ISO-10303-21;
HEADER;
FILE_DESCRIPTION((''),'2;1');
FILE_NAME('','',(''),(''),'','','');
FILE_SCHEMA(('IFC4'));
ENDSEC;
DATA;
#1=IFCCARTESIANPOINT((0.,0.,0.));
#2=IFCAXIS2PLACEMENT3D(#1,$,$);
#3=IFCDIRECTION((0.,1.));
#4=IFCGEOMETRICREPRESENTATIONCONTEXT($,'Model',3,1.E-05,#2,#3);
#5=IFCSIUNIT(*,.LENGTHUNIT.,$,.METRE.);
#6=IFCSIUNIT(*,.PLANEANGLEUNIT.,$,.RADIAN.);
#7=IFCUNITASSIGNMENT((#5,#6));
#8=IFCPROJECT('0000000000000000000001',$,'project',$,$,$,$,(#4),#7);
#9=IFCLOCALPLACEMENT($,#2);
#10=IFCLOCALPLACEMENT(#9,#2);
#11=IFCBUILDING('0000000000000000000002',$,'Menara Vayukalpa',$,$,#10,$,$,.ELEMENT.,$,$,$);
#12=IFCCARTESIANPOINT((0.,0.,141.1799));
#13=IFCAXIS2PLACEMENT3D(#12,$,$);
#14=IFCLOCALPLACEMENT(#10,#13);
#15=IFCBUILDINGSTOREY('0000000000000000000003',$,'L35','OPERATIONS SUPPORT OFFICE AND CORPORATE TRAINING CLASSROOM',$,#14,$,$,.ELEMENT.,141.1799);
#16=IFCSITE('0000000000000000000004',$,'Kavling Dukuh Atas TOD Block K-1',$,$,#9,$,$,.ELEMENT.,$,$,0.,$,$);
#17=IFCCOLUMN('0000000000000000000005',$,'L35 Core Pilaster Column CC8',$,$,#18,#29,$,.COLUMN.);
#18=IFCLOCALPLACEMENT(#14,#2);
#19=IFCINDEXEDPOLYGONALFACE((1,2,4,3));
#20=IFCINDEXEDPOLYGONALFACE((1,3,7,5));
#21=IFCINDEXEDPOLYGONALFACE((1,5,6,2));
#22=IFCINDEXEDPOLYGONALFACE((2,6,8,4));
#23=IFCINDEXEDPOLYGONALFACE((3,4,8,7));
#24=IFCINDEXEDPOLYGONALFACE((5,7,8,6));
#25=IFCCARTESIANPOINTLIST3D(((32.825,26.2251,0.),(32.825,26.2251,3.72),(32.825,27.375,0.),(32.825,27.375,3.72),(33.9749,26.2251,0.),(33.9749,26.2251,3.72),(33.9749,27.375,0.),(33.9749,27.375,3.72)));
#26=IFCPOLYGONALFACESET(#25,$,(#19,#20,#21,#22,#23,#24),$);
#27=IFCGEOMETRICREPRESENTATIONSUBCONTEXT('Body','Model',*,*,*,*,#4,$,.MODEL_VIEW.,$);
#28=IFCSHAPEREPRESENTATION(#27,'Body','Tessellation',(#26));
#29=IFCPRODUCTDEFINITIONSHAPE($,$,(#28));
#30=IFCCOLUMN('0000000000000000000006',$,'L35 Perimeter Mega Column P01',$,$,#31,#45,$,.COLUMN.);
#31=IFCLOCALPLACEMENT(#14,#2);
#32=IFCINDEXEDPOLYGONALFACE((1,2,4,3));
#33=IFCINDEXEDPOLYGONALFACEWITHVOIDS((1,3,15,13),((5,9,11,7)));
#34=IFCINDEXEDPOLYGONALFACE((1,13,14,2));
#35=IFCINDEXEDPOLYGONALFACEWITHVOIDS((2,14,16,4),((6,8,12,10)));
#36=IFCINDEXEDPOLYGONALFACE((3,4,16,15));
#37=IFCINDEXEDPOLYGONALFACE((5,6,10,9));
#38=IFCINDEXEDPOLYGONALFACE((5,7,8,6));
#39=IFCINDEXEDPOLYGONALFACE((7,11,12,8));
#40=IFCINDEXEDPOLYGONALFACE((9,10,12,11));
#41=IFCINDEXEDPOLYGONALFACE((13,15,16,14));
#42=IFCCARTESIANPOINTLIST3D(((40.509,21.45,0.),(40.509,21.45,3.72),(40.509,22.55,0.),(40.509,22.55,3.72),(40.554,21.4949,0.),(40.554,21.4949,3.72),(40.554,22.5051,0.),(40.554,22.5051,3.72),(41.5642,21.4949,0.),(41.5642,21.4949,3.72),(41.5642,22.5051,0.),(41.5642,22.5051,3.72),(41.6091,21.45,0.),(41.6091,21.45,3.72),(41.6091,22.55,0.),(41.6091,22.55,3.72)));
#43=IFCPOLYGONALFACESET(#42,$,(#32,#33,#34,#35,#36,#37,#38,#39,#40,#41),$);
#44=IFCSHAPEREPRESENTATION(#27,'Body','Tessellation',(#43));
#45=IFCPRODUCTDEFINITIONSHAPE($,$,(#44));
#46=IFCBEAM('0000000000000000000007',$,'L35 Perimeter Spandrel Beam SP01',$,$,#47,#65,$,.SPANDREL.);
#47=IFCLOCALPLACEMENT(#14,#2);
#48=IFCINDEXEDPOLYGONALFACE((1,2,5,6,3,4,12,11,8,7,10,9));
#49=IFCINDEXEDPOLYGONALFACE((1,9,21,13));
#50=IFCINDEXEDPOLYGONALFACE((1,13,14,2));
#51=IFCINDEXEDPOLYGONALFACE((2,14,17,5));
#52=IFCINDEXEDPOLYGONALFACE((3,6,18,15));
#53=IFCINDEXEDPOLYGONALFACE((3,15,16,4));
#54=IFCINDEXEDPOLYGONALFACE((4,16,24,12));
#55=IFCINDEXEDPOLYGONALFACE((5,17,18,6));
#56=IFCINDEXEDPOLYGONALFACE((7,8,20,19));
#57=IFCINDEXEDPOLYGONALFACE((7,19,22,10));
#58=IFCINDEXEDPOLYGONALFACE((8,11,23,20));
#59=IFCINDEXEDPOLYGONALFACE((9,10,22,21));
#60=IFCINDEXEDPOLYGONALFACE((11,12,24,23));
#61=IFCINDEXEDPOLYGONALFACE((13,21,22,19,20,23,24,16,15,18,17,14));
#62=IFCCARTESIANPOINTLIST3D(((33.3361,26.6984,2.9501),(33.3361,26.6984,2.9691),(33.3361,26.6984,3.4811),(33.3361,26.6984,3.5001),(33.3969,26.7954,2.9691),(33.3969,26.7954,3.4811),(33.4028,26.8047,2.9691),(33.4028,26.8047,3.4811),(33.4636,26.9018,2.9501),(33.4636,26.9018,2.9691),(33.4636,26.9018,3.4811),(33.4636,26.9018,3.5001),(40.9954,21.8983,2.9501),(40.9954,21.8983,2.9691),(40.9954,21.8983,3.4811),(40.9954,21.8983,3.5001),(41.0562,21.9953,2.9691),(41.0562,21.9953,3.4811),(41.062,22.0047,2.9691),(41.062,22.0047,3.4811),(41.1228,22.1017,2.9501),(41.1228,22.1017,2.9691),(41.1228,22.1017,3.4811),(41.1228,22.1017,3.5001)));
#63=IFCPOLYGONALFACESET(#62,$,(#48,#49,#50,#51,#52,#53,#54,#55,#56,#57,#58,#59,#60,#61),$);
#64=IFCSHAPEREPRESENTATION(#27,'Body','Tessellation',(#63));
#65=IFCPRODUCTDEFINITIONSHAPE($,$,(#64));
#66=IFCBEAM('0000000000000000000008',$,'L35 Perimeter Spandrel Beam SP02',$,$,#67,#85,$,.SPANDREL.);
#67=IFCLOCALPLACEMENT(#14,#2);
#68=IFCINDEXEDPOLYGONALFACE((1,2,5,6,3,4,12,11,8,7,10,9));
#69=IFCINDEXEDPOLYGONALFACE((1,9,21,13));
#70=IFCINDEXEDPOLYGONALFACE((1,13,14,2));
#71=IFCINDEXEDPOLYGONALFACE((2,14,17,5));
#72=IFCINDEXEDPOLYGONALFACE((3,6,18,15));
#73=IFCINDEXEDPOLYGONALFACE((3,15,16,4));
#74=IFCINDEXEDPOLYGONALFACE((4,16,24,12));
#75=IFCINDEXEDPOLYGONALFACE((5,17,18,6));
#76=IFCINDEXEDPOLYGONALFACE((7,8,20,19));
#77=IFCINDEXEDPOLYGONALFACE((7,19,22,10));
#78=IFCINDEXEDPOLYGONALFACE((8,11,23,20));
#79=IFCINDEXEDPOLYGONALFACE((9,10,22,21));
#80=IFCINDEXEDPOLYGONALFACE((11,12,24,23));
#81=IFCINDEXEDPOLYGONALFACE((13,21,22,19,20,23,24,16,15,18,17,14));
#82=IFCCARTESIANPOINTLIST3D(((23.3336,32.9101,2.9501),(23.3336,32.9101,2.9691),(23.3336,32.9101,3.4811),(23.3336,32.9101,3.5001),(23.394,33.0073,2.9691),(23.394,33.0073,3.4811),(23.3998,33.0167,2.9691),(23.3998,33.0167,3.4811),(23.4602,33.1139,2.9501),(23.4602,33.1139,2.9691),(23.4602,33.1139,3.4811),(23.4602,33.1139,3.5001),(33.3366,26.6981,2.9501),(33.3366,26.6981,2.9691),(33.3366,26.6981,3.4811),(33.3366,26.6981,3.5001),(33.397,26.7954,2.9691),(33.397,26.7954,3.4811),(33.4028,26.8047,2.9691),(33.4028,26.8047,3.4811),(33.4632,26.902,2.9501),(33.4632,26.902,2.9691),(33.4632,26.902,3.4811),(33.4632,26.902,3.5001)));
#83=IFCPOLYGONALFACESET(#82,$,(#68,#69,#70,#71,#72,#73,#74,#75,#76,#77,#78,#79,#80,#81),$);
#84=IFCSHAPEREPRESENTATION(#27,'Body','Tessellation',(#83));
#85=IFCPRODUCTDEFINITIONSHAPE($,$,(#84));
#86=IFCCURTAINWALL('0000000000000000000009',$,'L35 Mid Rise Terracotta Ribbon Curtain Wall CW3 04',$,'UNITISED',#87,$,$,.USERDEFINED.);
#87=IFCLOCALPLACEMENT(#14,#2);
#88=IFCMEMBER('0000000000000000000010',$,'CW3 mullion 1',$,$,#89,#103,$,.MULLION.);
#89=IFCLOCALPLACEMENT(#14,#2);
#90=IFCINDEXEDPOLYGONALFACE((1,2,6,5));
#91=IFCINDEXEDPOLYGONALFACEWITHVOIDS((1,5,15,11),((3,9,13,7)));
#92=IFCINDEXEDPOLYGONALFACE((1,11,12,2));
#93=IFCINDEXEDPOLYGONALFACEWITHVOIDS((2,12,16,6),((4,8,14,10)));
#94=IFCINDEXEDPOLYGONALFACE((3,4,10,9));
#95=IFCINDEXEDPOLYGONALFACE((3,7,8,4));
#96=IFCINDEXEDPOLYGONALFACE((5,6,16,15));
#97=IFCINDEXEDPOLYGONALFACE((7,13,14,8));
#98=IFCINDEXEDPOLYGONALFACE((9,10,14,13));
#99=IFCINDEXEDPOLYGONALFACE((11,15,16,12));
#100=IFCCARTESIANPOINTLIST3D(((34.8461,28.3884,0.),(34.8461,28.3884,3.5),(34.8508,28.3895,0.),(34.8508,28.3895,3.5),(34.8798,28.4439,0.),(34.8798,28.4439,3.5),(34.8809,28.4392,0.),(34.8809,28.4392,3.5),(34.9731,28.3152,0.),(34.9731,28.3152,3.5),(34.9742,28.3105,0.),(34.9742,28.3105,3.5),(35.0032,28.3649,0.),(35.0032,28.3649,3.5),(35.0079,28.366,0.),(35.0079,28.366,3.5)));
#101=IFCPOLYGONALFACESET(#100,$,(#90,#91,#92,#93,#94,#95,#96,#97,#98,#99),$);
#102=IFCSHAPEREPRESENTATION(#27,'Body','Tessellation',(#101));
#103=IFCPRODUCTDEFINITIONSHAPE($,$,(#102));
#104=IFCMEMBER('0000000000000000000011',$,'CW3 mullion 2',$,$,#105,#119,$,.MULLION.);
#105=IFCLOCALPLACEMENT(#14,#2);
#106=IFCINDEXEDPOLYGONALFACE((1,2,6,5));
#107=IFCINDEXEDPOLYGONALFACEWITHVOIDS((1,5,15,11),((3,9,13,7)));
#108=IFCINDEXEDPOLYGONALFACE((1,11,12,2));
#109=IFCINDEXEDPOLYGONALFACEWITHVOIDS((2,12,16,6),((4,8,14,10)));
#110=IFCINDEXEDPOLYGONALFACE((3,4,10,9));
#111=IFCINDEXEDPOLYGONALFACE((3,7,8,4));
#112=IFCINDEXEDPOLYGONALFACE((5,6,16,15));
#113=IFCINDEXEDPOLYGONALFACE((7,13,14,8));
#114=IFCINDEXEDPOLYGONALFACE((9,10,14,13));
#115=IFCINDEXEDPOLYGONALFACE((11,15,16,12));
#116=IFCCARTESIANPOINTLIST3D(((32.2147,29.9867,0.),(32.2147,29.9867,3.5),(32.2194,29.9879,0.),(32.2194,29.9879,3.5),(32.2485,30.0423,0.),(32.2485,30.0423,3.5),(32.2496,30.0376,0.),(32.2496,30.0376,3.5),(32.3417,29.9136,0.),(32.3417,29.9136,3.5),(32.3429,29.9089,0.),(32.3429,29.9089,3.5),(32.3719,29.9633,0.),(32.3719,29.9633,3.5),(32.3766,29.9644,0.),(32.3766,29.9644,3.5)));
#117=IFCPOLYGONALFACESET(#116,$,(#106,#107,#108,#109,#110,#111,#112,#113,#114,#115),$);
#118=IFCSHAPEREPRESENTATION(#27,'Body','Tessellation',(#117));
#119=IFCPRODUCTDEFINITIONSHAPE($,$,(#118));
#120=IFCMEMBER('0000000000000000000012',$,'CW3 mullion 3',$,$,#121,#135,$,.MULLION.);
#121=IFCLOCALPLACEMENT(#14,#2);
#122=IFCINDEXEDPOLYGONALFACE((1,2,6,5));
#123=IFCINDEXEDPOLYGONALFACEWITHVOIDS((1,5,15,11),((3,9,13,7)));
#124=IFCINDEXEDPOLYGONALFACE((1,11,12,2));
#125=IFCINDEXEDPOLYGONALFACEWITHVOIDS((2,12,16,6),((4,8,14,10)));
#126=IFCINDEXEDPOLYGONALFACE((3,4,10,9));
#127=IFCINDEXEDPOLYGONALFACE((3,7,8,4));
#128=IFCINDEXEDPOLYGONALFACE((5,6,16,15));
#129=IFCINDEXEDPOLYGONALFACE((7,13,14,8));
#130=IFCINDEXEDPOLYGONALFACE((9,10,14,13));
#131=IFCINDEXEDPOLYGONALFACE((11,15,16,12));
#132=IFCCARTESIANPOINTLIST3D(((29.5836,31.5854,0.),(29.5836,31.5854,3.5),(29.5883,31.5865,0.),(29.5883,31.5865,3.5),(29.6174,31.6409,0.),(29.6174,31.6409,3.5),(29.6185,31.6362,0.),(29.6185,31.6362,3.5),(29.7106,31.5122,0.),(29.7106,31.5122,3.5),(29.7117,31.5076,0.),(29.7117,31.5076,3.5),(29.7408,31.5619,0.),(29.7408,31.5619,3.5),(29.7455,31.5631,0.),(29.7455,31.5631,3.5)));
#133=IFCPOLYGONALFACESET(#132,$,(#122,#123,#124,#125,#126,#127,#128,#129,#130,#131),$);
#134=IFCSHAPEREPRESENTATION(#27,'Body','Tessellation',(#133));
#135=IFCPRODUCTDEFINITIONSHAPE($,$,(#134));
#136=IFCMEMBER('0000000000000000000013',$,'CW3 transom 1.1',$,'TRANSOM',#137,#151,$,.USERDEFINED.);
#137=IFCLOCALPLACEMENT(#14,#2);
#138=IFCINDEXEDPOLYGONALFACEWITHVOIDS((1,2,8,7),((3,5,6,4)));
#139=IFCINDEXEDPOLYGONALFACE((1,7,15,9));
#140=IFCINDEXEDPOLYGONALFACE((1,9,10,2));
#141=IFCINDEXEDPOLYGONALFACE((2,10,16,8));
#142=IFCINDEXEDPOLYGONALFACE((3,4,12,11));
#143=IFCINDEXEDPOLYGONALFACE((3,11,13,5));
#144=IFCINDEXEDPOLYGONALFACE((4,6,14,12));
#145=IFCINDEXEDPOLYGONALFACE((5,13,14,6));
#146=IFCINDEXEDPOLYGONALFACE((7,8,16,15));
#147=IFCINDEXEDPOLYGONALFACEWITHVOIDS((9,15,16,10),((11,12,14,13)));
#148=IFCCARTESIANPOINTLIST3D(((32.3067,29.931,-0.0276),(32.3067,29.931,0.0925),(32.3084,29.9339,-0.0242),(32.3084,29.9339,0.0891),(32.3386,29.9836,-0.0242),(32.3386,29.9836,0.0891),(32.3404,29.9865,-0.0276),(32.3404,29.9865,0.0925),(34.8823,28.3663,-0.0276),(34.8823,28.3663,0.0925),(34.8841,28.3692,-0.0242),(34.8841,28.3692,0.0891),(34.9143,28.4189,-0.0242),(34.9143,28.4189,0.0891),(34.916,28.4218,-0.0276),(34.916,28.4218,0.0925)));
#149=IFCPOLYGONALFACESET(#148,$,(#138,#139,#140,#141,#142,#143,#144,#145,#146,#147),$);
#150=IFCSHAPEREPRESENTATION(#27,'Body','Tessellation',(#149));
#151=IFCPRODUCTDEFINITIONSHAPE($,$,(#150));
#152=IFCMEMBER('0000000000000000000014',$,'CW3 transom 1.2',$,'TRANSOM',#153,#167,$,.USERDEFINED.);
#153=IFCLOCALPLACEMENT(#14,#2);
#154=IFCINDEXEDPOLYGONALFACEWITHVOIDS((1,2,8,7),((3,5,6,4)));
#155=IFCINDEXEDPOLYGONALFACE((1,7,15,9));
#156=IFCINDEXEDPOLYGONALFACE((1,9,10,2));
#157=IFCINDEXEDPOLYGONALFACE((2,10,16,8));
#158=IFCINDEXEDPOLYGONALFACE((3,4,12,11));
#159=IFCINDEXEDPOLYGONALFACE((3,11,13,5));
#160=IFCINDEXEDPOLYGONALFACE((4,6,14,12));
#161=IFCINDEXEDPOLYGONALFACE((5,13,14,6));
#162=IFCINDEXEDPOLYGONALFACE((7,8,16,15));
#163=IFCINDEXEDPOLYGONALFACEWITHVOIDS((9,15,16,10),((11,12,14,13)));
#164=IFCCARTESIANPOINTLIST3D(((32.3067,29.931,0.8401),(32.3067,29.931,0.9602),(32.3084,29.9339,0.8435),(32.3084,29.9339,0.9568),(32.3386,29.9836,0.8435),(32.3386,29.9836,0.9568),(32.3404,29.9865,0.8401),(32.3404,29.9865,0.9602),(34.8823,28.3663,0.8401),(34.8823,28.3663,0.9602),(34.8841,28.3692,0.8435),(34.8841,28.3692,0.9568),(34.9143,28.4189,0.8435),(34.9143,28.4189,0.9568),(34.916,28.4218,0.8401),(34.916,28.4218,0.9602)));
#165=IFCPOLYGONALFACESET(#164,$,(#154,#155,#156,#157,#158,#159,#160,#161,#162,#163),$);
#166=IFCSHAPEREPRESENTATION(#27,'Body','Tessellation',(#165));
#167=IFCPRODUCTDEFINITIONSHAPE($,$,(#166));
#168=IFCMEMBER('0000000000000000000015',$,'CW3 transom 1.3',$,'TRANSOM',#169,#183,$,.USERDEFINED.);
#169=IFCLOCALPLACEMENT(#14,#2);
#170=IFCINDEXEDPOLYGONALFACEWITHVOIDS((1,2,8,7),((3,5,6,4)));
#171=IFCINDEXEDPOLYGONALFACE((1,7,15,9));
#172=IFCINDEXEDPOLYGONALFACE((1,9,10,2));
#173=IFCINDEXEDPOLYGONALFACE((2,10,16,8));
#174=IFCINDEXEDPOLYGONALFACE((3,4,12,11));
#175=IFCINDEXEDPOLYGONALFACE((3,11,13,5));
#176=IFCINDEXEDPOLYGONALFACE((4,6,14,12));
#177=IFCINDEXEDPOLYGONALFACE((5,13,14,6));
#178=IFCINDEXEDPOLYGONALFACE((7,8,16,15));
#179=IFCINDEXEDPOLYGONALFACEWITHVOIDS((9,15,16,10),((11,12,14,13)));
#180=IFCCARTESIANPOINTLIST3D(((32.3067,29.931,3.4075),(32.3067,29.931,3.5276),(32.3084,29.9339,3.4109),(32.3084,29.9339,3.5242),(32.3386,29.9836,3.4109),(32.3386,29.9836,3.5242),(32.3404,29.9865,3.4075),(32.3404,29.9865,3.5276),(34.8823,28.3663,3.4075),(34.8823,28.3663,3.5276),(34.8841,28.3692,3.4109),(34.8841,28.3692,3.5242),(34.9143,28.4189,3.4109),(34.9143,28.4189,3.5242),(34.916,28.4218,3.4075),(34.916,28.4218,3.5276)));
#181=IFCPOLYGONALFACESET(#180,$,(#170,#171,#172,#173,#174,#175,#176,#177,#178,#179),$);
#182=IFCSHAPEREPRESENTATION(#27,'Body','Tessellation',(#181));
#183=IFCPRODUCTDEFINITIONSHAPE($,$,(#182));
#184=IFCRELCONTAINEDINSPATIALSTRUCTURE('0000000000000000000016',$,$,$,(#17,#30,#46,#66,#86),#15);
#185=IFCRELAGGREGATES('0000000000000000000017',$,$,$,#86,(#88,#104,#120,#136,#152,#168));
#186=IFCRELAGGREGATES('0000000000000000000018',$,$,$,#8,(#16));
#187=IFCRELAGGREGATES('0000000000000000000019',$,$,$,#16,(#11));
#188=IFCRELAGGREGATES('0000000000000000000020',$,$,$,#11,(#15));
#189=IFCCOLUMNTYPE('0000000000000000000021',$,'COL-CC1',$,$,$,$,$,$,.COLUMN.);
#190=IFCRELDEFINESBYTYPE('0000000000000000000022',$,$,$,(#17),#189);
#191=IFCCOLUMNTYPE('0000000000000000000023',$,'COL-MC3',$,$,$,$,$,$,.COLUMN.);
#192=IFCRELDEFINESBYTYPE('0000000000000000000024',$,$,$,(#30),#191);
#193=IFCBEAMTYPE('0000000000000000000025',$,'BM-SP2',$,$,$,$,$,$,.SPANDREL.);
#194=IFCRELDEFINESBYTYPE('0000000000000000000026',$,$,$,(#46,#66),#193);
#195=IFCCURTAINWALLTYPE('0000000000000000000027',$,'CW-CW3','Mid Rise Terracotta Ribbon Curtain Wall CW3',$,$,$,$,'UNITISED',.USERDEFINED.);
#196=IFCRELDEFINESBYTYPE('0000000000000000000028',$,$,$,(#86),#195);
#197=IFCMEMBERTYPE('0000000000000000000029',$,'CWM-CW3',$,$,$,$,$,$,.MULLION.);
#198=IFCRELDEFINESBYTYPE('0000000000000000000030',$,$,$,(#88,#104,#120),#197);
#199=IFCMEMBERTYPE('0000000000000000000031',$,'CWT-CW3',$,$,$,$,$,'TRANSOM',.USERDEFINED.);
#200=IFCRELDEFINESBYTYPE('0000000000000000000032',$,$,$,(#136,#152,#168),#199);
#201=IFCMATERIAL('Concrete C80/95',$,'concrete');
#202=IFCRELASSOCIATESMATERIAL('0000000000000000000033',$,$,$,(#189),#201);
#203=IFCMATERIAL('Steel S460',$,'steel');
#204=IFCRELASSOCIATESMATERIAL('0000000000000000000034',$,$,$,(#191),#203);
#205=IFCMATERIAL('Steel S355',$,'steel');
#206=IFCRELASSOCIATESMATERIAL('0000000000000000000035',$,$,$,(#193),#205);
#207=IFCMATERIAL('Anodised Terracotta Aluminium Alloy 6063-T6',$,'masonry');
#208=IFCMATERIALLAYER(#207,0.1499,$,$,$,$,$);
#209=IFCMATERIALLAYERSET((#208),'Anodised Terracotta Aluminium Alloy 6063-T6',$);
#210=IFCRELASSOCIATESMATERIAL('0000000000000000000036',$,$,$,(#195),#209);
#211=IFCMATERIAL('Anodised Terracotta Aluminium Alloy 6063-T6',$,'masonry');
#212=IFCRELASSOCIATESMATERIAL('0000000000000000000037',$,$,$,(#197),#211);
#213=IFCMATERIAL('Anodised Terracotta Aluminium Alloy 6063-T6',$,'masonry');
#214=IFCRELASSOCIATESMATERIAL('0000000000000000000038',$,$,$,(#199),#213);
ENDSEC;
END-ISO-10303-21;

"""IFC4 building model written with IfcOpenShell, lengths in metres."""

from ifc_helpers import new_model, si_unit, direction, frame, origin, origin_2d, place, context, subcontext, project, spatial, rectangle, hollow_rectangle, i_section, extrude, material, layer, layer_set, material_profile, profile_set, type_object, element, aggregate, save


model = new_model("IFC4")

# Units and contexts
model_context = context("Model", 3, precision=1e-05, world=origin(), true_north=direction((0.0, 1.0)))
body_context = subcontext(model_context, "Body", "Model", "MODEL_VIEW")
ifc_project = project(units=[si_unit("LENGTHUNIT", "METRE"), si_unit("PLANEANGLEUNIT", "RADIAN")], contexts=[model_context])

# Site, building, storey
site_placement = place(None, origin())
site = spatial("IfcSite", under=ifc_project, at=site_placement, Name="Kavling Dukuh Atas TOD Block K-1", CompositionType="ELEMENT", RefElevation=0.0)
building_placement = place(site_placement, origin())
building = spatial("IfcBuilding", under=site, at=building_placement, Name="Menara Vayukalpa", CompositionType="ELEMENT")
storey_placement = place(building_placement, frame((0.0, 0.0, 141.1799)))
storey = spatial("IfcBuildingStorey", under=building, at=storey_placement, Name="L35", Description="OPERATIONS SUPPORT OFFICE AND CORPORATE TRAINING CLASSROOM", CompositionType="ELEMENT", Elevation=141.1799)

# Columns
ifc_material_1 = material(Name="Concrete C80/95", Category="concrete")
ifc_material_profile_1 = material_profile(ifc_material_1, rectangle(XDim=1.1499, YDim=1.1499, at=origin_2d()), Name="RC 1150x1150")
ifc_profile_set_1 = profile_set([ifc_material_profile_1], Name="Concrete C80/95")
column_type_1 = type_object("IfcColumnType", Name="COL-CC1", PredefinedType="COLUMN", material=ifc_profile_set_1)
column_1_placement = place(storey_placement, frame((33.3999, 26.8, 0.0), z_axis=(0.0, 0.0, 1.0), x_axis=(1.0, 0.0, 0.0)))
element("IfcColumn", 1, at=column_1_placement, inside=storey, type_object=column_type_1, Name="L35 Core Pilaster Column CC8", PredefinedType="COLUMN", context=body_context, shape_type="SweptSolid", body=[
    extrude(rectangle(XDim=1.1499, YDim=1.1499, at=origin_2d()), origin(), (0.0, 0.0, 1.0), 3.72),
])
ifc_material_2 = material(Name="Steel S460", Category="steel")
ifc_material_profile_2 = material_profile(ifc_material_2, hollow_rectangle(XDim=1.1001, YDim=1.1001, WallThickness=0.0449, at=origin_2d()), Name="BOX 1100x1100x45")
ifc_profile_set_2 = profile_set([ifc_material_profile_2], Name="Steel S460")
column_type_2 = type_object("IfcColumnType", Name="COL-MC3", PredefinedType="COLUMN", material=ifc_profile_set_2)
column_2_placement = place(storey_placement, frame((41.0591, 22.0, 0.0), z_axis=(0.0, 0.0, 1.0), x_axis=(1.0, 0.0, 0.0)))
element("IfcColumn", 2, at=column_2_placement, inside=storey, type_object=column_type_2, Name="L35 Perimeter Mega Column P01", PredefinedType="COLUMN", context=body_context, shape_type="SweptSolid", body=[
    extrude(hollow_rectangle(XDim=1.1001, YDim=1.1001, WallThickness=0.0449, at=origin_2d()), origin(), (0.0, 0.0, 1.0), 3.72),
])

# Beams
ifc_material_3 = material(Name="Steel S355", Category="steel")
ifc_material_profile_3 = material_profile(ifc_material_3, i_section(OverallWidth=0.24, OverallDepth=0.55, WebThickness=0.011, FlangeThickness=0.019, at=origin_2d()), Name="WF 550x240x11x19")
ifc_profile_set_3 = profile_set([ifc_material_profile_3], Name="Steel S355")
beam_type = type_object("IfcBeamType", Name="BM-SP2", PredefinedType="SPANDREL", material=ifc_profile_set_3)
beam_1_placement = place(storey_placement, frame((41.0591, 22.0, 3.2251), z_axis=(-0.847348, 0.531038, 0.0), x_axis=(-0.531038, -0.847348, 0.0)))
element("IfcBeam", 3, at=beam_1_placement, inside=storey, type_object=beam_type, Name="L35 Perimeter Spandrel Beam SP01", PredefinedType="SPANDREL", context=body_context, shape_type="SweptSolid", body=[
    extrude(i_section(OverallWidth=0.24, OverallDepth=0.55, WebThickness=0.011, FlangeThickness=0.019, at=origin_2d()), origin(), (0.0, 0.0, 1.0), 9.0391),
])
beam_2_placement = place(storey_placement, frame((33.3999, 26.8, 3.2251), z_axis=(-0.849518, 0.527559, 0.0), x_axis=(-0.527559, -0.849518, 0.0)))
element("IfcBeam", 4, at=beam_2_placement, inside=storey, type_object=beam_type, Name="L35 Perimeter Spandrel Beam SP02", PredefinedType="SPANDREL", context=body_context, shape_type="SweptSolid", body=[
    extrude(i_section(OverallWidth=0.24, OverallDepth=0.55, WebThickness=0.011, FlangeThickness=0.019, at=origin_2d()), origin(), (0.0, 0.0, 1.0), 11.7749),
])

# Curtain wall, members
ifc_material_4 = material(Name="Anodised Terracotta Aluminium Alloy 6063-T6", Category="masonry")
ifc_layer_1 = layer(ifc_material_4, 0.1499)
ifc_layer_set_1 = layer_set([ifc_layer_1], Name="Anodised Terracotta Aluminium Alloy 6063-T6")
curtain_wall_type = type_object("IfcCurtainWallType", Name="CW-CW3", Description="Mid Rise Terracotta Ribbon Curtain Wall CW3", ElementType="UNITISED", PredefinedType="USERDEFINED", material=ifc_layer_set_1)
curtain_wall_placement = place(storey_placement, origin())
curtain_wall = element("IfcCurtainWall", 5, at=curtain_wall_placement, inside=storey, type_object=curtain_wall_type, Name="L35 Mid Rise Terracotta Ribbon Curtain Wall CW3 04", ObjectType="UNITISED", PredefinedType="USERDEFINED")
ifc_material_5 = material(Name="Anodised Terracotta Aluminium Alloy 6063-T6", Category="masonry")
ifc_material_profile_4 = material_profile(ifc_material_5, hollow_rectangle(XDim=0.0649, YDim=0.1499, WallThickness=0.0034, at=origin_2d()), Name="ALU 65x150x3.5")
ifc_profile_set_4 = profile_set([ifc_material_profile_4], Name="Anodised Terracotta Aluminium Alloy 6063-T6")
member_type_1 = type_object("IfcMemberType", Name="CWM-CW3", PredefinedType="MULLION", material=ifc_profile_set_4)
member_1_placement = place(storey_placement, frame((34.927, 28.3772, 0.0), z_axis=(0.0, 0.0, 1.0), x_axis=(-0.519196, -0.854655, 0.0)))
member_1 = element("IfcMember", 6, at=member_1_placement, type_object=member_type_1, Name="CW3 mullion 1", PredefinedType="MULLION", context=body_context, shape_type="SweptSolid", body=[
    extrude(hollow_rectangle(XDim=0.0649, YDim=0.1499, WallThickness=0.0034, at=origin_2d()), origin(), (0.0, 0.0, 1.0), 3.5),
])
member_2_placement = place(storey_placement, frame((32.2957, 29.9756, 0.0), z_axis=(0.0, 0.0, 1.0), x_axis=(-0.519196, -0.854655, 0.0)))
member_2 = element("IfcMember", 7, at=member_2_placement, type_object=member_type_1, Name="CW3 mullion 2", PredefinedType="MULLION", context=body_context, shape_type="SweptSolid", body=[
    extrude(hollow_rectangle(XDim=0.0649, YDim=0.1499, WallThickness=0.0034, at=origin_2d()), origin(), (0.0, 0.0, 1.0), 3.5),
])
member_3_placement = place(storey_placement, frame((29.6646, 31.5742, 0.0), z_axis=(0.0, 0.0, 1.0), x_axis=(-0.519196, -0.854655, 0.0)))
member_3 = element("IfcMember", 8, at=member_3_placement, type_object=member_type_1, Name="CW3 mullion 3", PredefinedType="MULLION", context=body_context, shape_type="SweptSolid", body=[
    extrude(hollow_rectangle(XDim=0.0649, YDim=0.1499, WallThickness=0.0034, at=origin_2d()), origin(), (0.0, 0.0, 1.0), 3.5),
])
ifc_material_6 = material(Name="Anodised Terracotta Aluminium Alloy 6063-T6", Category="masonry")
ifc_material_profile_5 = material_profile(ifc_material_6, hollow_rectangle(XDim=0.0649, YDim=0.1201, WallThickness=0.0034, at=origin_2d()), Name="ALU 65x120x3.5")
ifc_profile_set_5 = profile_set([ifc_material_profile_5], Name="Anodised Terracotta Aluminium Alloy 6063-T6")
member_type_2 = type_object("IfcMemberType", Name="CWT-CW3", ElementType="TRANSOM", PredefinedType="USERDEFINED", material=ifc_profile_set_5)
member_4_placement = place(storey_placement, frame((34.8992, 28.394, 0.0325), z_axis=(-0.854657, 0.519194, 0.0), x_axis=(-0.519194, -0.854657, 0.0)))
member_4 = element("IfcMember", 9, at=member_4_placement, type_object=member_type_2, Name="CW3 transom 1.1", ObjectType="TRANSOM", PredefinedType="USERDEFINED", context=body_context, shape_type="SweptSolid", body=[
    extrude(hollow_rectangle(XDim=0.0649, YDim=0.1201, WallThickness=0.0034, at=origin_2d()), origin(), (0.0, 0.0, 1.0), 3.0137),
])
member_5_placement = place(storey_placement, frame((34.8992, 28.394, 0.9001), z_axis=(-0.854657, 0.519194, 0.0), x_axis=(-0.519194, -0.854657, 0.0)))
member_5 = element("IfcMember", 10, at=member_5_placement, type_object=member_type_2, Name="CW3 transom 1.2", ObjectType="TRANSOM", PredefinedType="USERDEFINED", context=body_context, shape_type="SweptSolid", body=[
    extrude(hollow_rectangle(XDim=0.0649, YDim=0.1201, WallThickness=0.0034, at=origin_2d()), origin(), (0.0, 0.0, 1.0), 3.0137),
])
member_6_placement = place(storey_placement, frame((34.8992, 28.394, 3.4675), z_axis=(-0.854657, 0.519194, 0.0), x_axis=(-0.519194, -0.854657, 0.0)))
member_6 = element("IfcMember", 11, at=member_6_placement, type_object=member_type_2, Name="CW3 transom 1.3", ObjectType="TRANSOM", PredefinedType="USERDEFINED", context=body_context, shape_type="SweptSolid", body=[
    extrude(hollow_rectangle(XDim=0.0649, YDim=0.1201, WallThickness=0.0034, at=origin_2d()), origin(), (0.0, 0.0, 1.0), 3.0137),
])
aggregate(curtain_wall, [member_1, member_2, member_3, member_4, member_5, member_6])

save(model, "model.ifc")
